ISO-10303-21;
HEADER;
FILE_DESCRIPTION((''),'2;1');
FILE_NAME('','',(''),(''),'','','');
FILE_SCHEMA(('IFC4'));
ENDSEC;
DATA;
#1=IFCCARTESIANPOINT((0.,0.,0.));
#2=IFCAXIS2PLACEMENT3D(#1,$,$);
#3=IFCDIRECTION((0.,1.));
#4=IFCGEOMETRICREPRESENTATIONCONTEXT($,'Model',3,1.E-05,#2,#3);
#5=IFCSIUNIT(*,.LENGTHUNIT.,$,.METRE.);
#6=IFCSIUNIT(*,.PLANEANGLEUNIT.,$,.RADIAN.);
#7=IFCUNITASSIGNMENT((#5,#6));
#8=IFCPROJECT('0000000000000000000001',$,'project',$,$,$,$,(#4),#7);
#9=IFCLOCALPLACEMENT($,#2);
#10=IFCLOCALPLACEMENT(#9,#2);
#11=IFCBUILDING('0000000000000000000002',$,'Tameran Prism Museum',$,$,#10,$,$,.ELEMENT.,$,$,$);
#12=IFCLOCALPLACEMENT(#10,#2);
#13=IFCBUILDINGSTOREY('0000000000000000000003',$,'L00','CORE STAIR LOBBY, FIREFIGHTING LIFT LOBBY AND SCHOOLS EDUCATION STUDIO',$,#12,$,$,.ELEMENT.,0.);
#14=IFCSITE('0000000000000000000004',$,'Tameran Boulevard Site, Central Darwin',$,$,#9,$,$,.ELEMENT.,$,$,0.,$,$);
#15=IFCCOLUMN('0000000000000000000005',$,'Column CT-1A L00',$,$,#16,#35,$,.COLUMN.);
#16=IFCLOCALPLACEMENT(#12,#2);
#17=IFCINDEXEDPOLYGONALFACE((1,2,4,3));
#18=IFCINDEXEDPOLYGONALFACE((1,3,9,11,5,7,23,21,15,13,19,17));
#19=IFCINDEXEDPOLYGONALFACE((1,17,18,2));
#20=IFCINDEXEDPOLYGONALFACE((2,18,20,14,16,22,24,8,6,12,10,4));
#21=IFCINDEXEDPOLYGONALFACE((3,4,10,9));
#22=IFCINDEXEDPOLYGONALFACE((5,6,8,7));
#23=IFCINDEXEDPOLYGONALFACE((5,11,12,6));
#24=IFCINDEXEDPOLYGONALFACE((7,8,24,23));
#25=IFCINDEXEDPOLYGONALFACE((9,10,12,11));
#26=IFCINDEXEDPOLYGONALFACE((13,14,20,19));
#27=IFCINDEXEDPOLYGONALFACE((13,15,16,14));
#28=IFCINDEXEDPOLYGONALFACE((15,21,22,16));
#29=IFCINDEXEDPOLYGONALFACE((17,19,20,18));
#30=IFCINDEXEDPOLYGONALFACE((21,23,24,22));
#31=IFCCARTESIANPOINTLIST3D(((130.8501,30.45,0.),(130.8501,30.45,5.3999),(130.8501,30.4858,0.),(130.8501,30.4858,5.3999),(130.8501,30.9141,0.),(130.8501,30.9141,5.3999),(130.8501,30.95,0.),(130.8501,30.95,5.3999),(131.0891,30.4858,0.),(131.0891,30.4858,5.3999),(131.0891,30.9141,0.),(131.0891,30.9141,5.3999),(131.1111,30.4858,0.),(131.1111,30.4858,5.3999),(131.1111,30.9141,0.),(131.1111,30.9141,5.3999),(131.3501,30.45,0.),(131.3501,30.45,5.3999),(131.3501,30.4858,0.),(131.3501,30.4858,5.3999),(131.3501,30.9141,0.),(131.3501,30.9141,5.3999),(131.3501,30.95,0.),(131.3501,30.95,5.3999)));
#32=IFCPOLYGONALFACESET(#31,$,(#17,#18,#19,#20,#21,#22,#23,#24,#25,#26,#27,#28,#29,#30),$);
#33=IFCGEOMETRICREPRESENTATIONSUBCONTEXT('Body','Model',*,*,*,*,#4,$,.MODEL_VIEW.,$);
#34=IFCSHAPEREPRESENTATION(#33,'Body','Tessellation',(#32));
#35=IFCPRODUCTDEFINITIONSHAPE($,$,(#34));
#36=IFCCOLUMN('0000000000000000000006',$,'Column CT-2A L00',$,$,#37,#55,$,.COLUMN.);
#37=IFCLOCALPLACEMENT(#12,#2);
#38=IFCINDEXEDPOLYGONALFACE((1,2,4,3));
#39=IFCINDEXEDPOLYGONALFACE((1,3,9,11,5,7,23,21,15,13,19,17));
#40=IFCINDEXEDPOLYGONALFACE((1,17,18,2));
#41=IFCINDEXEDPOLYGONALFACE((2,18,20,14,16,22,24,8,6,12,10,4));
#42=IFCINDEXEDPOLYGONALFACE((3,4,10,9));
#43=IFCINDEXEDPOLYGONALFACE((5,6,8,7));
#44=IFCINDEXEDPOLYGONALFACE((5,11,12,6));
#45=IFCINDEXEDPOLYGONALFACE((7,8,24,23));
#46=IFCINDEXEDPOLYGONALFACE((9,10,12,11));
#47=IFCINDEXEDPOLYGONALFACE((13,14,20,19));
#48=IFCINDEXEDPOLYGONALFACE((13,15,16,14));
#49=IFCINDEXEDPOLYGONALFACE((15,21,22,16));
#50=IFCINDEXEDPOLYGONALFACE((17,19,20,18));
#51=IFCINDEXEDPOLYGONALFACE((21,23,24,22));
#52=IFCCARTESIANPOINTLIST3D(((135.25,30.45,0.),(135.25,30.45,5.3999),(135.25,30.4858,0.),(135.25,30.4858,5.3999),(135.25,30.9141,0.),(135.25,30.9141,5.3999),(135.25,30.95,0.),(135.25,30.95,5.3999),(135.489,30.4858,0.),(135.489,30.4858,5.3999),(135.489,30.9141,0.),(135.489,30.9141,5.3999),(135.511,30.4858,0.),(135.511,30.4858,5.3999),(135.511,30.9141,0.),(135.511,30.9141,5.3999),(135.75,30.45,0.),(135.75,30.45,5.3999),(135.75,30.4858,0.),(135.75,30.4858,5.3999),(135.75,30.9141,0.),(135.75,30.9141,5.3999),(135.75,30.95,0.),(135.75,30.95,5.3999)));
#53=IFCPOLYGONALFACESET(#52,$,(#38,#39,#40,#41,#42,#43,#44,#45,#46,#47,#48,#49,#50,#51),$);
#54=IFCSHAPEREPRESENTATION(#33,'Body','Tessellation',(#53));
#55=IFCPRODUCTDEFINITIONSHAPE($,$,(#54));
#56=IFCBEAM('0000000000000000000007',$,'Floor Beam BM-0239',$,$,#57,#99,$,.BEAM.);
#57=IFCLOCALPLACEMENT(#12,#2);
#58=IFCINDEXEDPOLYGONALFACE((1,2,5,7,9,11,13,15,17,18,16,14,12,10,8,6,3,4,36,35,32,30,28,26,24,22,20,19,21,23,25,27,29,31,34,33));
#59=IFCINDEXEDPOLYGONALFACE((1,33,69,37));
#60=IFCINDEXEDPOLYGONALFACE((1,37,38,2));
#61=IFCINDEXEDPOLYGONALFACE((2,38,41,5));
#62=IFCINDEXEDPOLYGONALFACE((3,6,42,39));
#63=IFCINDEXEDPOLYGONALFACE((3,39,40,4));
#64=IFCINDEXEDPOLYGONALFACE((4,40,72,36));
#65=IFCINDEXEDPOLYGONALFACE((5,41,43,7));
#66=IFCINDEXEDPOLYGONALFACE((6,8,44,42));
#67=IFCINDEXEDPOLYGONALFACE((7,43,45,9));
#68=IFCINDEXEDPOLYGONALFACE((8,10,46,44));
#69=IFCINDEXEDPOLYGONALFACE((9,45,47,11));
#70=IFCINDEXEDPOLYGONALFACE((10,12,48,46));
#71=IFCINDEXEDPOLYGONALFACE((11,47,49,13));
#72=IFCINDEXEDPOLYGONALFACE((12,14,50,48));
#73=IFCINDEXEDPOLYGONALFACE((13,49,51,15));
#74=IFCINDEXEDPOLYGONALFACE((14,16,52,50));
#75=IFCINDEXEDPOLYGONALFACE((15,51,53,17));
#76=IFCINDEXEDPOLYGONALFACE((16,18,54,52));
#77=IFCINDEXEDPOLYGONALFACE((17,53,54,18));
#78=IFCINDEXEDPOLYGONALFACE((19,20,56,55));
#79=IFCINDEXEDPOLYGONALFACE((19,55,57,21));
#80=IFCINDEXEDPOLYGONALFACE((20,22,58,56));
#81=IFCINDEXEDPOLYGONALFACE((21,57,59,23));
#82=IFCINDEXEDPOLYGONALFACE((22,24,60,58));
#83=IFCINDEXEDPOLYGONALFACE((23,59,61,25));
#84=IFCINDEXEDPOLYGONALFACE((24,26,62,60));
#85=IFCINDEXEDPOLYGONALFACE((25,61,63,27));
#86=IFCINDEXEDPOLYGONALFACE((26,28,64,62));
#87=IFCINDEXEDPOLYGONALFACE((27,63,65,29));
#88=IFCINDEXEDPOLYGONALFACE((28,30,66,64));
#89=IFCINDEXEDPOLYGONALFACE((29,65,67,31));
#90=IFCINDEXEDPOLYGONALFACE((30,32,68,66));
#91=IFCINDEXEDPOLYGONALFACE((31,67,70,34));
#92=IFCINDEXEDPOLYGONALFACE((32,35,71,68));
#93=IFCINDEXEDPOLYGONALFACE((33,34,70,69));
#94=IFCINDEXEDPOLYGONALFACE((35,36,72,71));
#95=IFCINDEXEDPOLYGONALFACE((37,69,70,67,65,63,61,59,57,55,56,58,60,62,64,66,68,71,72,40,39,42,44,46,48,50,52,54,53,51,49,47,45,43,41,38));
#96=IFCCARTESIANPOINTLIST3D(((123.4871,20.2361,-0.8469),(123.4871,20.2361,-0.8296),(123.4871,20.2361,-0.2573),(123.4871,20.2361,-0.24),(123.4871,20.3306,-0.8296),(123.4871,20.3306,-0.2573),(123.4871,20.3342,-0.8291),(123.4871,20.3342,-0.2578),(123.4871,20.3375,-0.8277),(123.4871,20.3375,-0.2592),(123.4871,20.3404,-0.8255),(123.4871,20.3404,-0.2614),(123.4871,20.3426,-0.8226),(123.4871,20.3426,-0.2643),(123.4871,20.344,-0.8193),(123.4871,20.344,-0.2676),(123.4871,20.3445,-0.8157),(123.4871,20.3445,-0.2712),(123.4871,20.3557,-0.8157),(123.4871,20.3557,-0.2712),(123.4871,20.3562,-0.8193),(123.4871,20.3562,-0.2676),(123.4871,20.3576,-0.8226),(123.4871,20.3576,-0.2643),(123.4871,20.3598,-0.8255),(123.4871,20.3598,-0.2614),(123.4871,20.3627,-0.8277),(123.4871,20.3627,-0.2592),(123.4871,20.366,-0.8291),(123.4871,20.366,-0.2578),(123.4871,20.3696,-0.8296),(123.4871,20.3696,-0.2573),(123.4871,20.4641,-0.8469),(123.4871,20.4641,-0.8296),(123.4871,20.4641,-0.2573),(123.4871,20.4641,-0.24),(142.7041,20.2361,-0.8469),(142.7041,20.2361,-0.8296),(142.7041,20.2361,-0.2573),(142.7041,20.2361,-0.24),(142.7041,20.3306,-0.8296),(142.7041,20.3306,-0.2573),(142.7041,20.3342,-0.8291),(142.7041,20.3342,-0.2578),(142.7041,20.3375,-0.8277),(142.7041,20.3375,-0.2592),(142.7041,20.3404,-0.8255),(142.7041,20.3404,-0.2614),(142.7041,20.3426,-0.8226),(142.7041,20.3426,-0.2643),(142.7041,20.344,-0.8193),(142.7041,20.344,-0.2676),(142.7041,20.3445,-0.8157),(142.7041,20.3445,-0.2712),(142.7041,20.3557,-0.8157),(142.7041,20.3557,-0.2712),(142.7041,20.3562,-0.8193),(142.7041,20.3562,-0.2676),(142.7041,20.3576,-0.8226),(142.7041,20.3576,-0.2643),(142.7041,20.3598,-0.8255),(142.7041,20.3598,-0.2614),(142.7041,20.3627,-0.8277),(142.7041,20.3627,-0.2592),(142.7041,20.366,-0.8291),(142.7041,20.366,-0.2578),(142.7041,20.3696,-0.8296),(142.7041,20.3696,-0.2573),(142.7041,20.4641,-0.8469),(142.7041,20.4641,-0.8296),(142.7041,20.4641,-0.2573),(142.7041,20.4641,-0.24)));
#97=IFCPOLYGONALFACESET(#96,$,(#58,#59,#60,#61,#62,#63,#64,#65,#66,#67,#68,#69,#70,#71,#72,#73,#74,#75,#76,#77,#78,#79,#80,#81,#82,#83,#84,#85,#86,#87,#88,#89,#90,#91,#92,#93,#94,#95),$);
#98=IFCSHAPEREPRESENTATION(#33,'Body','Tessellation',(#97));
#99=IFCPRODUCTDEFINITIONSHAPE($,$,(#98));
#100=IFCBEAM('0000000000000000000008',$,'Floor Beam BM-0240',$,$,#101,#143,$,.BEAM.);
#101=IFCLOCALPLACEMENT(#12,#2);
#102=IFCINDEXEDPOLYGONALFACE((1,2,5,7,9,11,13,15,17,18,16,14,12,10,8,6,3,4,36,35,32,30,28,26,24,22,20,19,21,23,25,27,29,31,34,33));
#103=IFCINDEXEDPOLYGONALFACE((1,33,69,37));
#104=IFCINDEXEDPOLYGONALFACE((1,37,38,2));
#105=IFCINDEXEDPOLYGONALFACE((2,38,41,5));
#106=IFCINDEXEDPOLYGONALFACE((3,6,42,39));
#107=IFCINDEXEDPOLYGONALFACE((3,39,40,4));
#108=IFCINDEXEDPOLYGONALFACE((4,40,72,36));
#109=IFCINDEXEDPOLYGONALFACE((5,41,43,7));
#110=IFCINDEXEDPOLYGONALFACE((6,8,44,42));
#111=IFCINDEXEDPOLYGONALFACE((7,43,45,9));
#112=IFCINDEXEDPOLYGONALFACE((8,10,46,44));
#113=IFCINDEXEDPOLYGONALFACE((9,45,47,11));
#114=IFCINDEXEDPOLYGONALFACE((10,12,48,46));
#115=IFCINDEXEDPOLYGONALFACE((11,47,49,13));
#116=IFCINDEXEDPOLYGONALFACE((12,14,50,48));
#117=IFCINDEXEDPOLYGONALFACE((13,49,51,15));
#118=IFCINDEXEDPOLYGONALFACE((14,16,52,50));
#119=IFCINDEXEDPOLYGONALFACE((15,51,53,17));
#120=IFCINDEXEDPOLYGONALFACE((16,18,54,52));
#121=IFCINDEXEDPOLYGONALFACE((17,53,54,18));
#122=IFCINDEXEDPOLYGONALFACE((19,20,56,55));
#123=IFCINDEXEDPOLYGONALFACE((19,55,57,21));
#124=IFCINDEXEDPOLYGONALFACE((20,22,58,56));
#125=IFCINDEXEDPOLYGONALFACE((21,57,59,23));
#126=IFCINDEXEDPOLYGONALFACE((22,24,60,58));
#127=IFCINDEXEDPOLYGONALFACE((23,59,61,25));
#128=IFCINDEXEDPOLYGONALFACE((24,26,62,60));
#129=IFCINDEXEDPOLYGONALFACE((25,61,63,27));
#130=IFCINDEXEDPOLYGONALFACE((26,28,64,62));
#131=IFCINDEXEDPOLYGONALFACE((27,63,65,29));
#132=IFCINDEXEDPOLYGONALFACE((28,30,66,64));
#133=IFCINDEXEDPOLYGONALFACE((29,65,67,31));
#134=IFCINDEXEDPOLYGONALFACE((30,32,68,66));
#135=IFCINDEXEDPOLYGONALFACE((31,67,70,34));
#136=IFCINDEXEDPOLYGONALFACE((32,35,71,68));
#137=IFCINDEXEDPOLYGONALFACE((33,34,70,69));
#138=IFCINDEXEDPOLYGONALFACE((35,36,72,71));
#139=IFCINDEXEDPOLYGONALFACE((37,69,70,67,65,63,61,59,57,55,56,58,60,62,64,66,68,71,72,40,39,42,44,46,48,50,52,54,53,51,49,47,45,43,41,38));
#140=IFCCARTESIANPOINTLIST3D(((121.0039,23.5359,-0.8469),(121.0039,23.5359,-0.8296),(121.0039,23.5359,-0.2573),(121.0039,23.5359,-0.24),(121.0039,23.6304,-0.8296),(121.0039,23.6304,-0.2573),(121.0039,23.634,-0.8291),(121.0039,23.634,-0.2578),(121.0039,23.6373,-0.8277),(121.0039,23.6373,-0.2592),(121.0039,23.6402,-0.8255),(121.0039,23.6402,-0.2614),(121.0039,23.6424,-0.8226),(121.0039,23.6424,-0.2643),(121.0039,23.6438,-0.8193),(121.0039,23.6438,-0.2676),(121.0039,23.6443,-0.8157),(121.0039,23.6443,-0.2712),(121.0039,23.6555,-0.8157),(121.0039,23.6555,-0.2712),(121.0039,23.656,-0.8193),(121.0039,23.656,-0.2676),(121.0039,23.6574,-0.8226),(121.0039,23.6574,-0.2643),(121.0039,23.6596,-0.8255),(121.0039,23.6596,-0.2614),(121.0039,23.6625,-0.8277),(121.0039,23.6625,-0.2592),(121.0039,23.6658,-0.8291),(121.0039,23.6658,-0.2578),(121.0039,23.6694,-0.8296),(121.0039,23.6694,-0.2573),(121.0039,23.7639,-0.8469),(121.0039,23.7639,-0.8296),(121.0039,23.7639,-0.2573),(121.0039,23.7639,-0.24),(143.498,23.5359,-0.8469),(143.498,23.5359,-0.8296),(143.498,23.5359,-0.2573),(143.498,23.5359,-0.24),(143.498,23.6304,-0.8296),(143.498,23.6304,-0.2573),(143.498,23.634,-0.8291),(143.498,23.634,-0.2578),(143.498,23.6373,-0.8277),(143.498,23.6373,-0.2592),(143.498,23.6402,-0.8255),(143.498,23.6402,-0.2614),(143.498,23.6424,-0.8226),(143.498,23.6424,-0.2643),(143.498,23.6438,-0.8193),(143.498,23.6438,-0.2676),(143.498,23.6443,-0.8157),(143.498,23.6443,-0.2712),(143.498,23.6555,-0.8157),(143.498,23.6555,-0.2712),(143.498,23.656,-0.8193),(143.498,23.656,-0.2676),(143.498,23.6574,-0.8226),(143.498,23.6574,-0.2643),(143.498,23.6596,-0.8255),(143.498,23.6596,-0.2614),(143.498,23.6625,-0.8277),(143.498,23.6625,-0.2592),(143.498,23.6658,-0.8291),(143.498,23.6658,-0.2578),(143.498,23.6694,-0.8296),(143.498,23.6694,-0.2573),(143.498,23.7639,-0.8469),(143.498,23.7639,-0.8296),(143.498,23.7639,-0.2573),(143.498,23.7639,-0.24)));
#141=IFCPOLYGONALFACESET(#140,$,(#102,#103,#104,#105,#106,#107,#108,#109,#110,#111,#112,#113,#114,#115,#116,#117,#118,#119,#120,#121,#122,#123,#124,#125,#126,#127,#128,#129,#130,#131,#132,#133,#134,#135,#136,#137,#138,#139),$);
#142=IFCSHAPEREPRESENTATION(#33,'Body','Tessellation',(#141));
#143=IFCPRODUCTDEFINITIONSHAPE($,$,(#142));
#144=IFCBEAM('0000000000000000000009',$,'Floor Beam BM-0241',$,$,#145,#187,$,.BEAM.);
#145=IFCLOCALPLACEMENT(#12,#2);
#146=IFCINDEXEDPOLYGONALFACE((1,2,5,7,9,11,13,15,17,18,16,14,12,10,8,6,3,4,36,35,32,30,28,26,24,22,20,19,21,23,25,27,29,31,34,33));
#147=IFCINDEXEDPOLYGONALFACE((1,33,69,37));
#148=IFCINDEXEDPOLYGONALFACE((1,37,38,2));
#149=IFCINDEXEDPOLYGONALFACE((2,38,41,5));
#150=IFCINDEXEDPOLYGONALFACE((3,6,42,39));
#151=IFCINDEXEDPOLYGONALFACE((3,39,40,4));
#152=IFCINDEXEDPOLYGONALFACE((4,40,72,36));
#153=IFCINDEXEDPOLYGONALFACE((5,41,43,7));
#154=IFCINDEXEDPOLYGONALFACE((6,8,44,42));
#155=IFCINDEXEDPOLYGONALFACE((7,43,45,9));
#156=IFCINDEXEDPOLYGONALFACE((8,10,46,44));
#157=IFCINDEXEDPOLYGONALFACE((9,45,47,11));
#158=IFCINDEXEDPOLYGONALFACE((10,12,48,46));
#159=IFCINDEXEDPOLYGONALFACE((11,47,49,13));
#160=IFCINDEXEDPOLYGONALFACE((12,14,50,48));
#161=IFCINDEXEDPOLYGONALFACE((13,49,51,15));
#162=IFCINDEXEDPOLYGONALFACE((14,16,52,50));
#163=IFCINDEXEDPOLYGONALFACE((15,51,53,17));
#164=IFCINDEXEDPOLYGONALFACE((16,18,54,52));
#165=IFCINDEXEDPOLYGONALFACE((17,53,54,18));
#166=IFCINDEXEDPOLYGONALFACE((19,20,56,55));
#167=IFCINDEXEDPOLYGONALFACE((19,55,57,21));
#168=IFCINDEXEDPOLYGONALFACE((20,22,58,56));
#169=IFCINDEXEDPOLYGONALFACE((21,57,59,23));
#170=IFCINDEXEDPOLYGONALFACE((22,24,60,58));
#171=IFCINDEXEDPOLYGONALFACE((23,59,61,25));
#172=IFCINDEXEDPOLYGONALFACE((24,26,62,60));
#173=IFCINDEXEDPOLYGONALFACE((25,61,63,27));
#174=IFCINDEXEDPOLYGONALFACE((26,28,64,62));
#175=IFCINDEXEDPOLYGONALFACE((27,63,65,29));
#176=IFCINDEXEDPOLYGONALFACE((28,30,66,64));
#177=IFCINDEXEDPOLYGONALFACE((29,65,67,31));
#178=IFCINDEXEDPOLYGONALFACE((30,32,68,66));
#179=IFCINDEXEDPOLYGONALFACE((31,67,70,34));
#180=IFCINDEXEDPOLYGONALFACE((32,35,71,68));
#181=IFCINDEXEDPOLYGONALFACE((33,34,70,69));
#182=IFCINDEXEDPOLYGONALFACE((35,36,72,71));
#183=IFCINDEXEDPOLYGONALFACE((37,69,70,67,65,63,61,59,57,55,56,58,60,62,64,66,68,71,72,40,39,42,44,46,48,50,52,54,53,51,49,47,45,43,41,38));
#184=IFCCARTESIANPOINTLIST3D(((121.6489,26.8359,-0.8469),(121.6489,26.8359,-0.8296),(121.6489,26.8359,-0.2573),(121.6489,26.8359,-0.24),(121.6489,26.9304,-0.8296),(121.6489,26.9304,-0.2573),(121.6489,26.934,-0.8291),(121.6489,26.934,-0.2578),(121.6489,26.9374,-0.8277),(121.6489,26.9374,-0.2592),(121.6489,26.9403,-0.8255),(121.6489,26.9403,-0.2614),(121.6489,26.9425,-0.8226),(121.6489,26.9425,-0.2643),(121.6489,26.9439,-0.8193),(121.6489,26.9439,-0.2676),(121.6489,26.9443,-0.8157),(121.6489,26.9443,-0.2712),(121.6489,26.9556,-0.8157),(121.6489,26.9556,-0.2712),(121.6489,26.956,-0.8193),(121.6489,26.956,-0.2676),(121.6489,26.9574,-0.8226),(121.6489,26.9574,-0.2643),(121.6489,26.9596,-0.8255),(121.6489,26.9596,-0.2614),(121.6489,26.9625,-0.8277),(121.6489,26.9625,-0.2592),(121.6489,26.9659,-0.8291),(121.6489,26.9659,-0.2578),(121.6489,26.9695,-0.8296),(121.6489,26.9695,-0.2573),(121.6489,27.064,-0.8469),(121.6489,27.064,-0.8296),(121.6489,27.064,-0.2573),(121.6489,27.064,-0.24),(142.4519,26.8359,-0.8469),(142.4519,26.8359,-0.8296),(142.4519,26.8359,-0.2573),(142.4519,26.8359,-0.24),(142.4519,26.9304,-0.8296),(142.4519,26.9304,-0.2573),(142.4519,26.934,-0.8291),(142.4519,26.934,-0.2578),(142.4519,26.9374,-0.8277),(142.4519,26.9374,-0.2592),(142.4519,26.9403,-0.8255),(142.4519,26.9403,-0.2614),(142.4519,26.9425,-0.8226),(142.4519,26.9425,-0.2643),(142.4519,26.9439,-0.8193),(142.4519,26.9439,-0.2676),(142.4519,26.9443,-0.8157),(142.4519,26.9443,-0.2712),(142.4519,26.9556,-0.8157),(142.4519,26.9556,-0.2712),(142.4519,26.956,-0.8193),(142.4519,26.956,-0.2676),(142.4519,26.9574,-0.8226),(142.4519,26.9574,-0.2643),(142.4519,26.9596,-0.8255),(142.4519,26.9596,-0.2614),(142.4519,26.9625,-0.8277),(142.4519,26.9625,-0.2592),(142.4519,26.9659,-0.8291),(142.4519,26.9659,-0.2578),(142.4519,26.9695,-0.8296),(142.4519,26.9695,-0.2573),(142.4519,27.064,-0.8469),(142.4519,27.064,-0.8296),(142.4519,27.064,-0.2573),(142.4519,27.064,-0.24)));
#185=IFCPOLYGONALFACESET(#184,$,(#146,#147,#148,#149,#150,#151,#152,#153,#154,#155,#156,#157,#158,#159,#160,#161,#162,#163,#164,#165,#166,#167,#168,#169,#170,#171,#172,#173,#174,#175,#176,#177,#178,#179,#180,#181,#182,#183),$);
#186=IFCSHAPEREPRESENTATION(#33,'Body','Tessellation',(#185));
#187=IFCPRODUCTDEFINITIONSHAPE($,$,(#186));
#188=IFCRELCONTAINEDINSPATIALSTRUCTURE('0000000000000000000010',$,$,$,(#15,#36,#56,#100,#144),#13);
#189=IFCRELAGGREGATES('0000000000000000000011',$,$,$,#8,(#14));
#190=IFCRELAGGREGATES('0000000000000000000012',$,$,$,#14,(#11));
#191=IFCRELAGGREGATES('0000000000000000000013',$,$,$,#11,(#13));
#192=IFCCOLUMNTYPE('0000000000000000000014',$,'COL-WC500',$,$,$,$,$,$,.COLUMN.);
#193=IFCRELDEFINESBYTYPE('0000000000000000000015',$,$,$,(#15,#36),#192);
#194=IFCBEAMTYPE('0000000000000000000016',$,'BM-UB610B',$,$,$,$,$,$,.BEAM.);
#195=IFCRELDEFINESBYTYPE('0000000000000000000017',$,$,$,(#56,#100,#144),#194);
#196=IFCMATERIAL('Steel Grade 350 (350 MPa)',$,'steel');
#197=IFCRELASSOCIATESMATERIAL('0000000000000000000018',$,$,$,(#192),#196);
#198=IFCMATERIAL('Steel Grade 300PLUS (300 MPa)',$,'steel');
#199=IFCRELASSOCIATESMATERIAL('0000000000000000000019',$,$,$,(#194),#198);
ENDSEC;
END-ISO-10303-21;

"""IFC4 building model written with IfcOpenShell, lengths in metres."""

from ifc_helpers import new_model, si_unit, direction, frame, origin, origin_2d, place, context, subcontext, project, spatial, i_section, extrude, material, material_profile, profile_set, type_object, element, save


model = new_model("IFC4")

# Units and contexts
model_context = context("Model", 3, precision=1e-05, world=origin(), true_north=direction((0.0, 1.0)))
body_context = subcontext(model_context, "Body", "Model", "MODEL_VIEW")
ifc_project = project(units=[si_unit("LENGTHUNIT", "METRE"), si_unit("PLANEANGLEUNIT", "RADIAN")], contexts=[model_context])

# Site, building, storey
site_placement = place(None, origin())
site = spatial("IfcSite", under=ifc_project, at=site_placement, Name="Tameran Boulevard Site, Central Darwin", CompositionType="ELEMENT", RefElevation=0.0)
building_placement = place(site_placement, origin())
building = spatial("IfcBuilding", under=site, at=building_placement, Name="Tameran Prism Museum", CompositionType="ELEMENT")
storey_placement = place(building_placement, origin())
storey = spatial("IfcBuildingStorey", under=building, at=storey_placement, Name="L00", Description="CORE STAIR LOBBY, FIREFIGHTING LIFT LOBBY AND SCHOOLS EDUCATION STUDIO", CompositionType="ELEMENT", Elevation=0.0)

# Columns
ifc_material_1 = material(Name="Steel Grade 350 (350 MPa)", Category="steel")
ifc_material_profile_1 = material_profile(ifc_material_1, i_section(OverallWidth=0.5, OverallDepth=0.5, WebThickness=0.022, FlangeThickness=0.0359, at=origin_2d()))
ifc_profile_set_1 = profile_set([ifc_material_profile_1])
column_type = type_object("IfcColumnType", Name="COL-WC500", PredefinedType="COLUMN", material=ifc_profile_set_1)
for number, where, z_axis, x_axis, name in (
    (1, (131.1001, 30.7, 0.0), (0.0, 0.0, 1.0), (1.0, 0.0, 0.0), "Column CT-1A L00"),
    (2, (135.5, 30.7, 0.0), (0.0, 0.0, 1.0), (1.0, 0.0, 0.0), "Column CT-2A L00"),
):
    element("IfcColumn", number, at=place(storey_placement, frame(where, z_axis=z_axis, x_axis=x_axis)), inside=storey, type_object=column_type, Name=name, PredefinedType="COLUMN", context=body_context, shape_type="SweptSolid", body=[
        extrude(i_section(OverallWidth=0.5, OverallDepth=0.5, WebThickness=0.022, FlangeThickness=0.0359, at=origin_2d()), origin(), (0.0, 0.0, 1.0), 5.3999),
    ])

# Beams
ifc_material_2 = material(Name="Steel Grade 300PLUS (300 MPa)", Category="steel")
ifc_material_profile_2 = material_profile(ifc_material_2, i_section(OverallWidth=0.228, OverallDepth=0.6069, WebThickness=0.0112, FlangeThickness=0.0173, FilletRadius=0.0139, at=origin_2d()))
ifc_profile_set_2 = profile_set([ifc_material_profile_2])
beam_type_1 = type_object("IfcBeamType", Name="BM-UB610B", PredefinedType="BEAM", material=ifc_profile_set_2)
beam_1_placement = place(storey_placement, frame((123.4871, 20.3501, -0.5435), z_axis=(1.0, 0.0, 0.0), x_axis=(0.0, 1.0, 0.0)))
element("IfcBeam", 3, at=beam_1_placement, inside=storey, type_object=beam_type_1, Name="Floor Beam BM-0239", PredefinedType="BEAM", context=body_context, shape_type="SweptSolid", body=[
    extrude(i_section(OverallWidth=0.228, OverallDepth=0.6069, WebThickness=0.0112, FlangeThickness=0.0173, FilletRadius=0.0139, at=origin_2d()), origin(), (0.0, 0.0, 1.0), 19.217),
])
beam_2_placement = place(storey_placement, frame((121.0039, 23.6499, -0.5435), z_axis=(1.0, 0.0, 0.0), x_axis=(0.0, 1.0, 0.0)))
element("IfcBeam", 4, at=beam_2_placement, inside=storey, type_object=beam_type_1, Name="Floor Beam BM-0240", PredefinedType="BEAM", context=body_context, shape_type="SweptSolid", body=[
    extrude(i_section(OverallWidth=0.228, OverallDepth=0.6069, WebThickness=0.0112, FlangeThickness=0.0173, FilletRadius=0.0139, at=origin_2d()), origin(), (0.0, 0.0, 1.0), 22.4941),
])
beam_3_placement = place(storey_placement, frame((121.6489, 26.95, -0.5435), z_axis=(1.0, 0.0, 0.0), x_axis=(0.0, 1.0, 0.0)))
element("IfcBeam", 5, at=beam_3_placement, inside=storey, type_object=beam_type_1, Name="Floor Beam BM-0241", PredefinedType="BEAM", context=body_context, shape_type="SweptSolid", body=[
    extrude(i_section(OverallWidth=0.228, OverallDepth=0.6069, WebThickness=0.0112, FlangeThickness=0.0173, FilletRadius=0.0139, at=origin_2d()), origin(), (0.0, 0.0, 1.0), 20.803),
])

save(model, "model.ifc")
